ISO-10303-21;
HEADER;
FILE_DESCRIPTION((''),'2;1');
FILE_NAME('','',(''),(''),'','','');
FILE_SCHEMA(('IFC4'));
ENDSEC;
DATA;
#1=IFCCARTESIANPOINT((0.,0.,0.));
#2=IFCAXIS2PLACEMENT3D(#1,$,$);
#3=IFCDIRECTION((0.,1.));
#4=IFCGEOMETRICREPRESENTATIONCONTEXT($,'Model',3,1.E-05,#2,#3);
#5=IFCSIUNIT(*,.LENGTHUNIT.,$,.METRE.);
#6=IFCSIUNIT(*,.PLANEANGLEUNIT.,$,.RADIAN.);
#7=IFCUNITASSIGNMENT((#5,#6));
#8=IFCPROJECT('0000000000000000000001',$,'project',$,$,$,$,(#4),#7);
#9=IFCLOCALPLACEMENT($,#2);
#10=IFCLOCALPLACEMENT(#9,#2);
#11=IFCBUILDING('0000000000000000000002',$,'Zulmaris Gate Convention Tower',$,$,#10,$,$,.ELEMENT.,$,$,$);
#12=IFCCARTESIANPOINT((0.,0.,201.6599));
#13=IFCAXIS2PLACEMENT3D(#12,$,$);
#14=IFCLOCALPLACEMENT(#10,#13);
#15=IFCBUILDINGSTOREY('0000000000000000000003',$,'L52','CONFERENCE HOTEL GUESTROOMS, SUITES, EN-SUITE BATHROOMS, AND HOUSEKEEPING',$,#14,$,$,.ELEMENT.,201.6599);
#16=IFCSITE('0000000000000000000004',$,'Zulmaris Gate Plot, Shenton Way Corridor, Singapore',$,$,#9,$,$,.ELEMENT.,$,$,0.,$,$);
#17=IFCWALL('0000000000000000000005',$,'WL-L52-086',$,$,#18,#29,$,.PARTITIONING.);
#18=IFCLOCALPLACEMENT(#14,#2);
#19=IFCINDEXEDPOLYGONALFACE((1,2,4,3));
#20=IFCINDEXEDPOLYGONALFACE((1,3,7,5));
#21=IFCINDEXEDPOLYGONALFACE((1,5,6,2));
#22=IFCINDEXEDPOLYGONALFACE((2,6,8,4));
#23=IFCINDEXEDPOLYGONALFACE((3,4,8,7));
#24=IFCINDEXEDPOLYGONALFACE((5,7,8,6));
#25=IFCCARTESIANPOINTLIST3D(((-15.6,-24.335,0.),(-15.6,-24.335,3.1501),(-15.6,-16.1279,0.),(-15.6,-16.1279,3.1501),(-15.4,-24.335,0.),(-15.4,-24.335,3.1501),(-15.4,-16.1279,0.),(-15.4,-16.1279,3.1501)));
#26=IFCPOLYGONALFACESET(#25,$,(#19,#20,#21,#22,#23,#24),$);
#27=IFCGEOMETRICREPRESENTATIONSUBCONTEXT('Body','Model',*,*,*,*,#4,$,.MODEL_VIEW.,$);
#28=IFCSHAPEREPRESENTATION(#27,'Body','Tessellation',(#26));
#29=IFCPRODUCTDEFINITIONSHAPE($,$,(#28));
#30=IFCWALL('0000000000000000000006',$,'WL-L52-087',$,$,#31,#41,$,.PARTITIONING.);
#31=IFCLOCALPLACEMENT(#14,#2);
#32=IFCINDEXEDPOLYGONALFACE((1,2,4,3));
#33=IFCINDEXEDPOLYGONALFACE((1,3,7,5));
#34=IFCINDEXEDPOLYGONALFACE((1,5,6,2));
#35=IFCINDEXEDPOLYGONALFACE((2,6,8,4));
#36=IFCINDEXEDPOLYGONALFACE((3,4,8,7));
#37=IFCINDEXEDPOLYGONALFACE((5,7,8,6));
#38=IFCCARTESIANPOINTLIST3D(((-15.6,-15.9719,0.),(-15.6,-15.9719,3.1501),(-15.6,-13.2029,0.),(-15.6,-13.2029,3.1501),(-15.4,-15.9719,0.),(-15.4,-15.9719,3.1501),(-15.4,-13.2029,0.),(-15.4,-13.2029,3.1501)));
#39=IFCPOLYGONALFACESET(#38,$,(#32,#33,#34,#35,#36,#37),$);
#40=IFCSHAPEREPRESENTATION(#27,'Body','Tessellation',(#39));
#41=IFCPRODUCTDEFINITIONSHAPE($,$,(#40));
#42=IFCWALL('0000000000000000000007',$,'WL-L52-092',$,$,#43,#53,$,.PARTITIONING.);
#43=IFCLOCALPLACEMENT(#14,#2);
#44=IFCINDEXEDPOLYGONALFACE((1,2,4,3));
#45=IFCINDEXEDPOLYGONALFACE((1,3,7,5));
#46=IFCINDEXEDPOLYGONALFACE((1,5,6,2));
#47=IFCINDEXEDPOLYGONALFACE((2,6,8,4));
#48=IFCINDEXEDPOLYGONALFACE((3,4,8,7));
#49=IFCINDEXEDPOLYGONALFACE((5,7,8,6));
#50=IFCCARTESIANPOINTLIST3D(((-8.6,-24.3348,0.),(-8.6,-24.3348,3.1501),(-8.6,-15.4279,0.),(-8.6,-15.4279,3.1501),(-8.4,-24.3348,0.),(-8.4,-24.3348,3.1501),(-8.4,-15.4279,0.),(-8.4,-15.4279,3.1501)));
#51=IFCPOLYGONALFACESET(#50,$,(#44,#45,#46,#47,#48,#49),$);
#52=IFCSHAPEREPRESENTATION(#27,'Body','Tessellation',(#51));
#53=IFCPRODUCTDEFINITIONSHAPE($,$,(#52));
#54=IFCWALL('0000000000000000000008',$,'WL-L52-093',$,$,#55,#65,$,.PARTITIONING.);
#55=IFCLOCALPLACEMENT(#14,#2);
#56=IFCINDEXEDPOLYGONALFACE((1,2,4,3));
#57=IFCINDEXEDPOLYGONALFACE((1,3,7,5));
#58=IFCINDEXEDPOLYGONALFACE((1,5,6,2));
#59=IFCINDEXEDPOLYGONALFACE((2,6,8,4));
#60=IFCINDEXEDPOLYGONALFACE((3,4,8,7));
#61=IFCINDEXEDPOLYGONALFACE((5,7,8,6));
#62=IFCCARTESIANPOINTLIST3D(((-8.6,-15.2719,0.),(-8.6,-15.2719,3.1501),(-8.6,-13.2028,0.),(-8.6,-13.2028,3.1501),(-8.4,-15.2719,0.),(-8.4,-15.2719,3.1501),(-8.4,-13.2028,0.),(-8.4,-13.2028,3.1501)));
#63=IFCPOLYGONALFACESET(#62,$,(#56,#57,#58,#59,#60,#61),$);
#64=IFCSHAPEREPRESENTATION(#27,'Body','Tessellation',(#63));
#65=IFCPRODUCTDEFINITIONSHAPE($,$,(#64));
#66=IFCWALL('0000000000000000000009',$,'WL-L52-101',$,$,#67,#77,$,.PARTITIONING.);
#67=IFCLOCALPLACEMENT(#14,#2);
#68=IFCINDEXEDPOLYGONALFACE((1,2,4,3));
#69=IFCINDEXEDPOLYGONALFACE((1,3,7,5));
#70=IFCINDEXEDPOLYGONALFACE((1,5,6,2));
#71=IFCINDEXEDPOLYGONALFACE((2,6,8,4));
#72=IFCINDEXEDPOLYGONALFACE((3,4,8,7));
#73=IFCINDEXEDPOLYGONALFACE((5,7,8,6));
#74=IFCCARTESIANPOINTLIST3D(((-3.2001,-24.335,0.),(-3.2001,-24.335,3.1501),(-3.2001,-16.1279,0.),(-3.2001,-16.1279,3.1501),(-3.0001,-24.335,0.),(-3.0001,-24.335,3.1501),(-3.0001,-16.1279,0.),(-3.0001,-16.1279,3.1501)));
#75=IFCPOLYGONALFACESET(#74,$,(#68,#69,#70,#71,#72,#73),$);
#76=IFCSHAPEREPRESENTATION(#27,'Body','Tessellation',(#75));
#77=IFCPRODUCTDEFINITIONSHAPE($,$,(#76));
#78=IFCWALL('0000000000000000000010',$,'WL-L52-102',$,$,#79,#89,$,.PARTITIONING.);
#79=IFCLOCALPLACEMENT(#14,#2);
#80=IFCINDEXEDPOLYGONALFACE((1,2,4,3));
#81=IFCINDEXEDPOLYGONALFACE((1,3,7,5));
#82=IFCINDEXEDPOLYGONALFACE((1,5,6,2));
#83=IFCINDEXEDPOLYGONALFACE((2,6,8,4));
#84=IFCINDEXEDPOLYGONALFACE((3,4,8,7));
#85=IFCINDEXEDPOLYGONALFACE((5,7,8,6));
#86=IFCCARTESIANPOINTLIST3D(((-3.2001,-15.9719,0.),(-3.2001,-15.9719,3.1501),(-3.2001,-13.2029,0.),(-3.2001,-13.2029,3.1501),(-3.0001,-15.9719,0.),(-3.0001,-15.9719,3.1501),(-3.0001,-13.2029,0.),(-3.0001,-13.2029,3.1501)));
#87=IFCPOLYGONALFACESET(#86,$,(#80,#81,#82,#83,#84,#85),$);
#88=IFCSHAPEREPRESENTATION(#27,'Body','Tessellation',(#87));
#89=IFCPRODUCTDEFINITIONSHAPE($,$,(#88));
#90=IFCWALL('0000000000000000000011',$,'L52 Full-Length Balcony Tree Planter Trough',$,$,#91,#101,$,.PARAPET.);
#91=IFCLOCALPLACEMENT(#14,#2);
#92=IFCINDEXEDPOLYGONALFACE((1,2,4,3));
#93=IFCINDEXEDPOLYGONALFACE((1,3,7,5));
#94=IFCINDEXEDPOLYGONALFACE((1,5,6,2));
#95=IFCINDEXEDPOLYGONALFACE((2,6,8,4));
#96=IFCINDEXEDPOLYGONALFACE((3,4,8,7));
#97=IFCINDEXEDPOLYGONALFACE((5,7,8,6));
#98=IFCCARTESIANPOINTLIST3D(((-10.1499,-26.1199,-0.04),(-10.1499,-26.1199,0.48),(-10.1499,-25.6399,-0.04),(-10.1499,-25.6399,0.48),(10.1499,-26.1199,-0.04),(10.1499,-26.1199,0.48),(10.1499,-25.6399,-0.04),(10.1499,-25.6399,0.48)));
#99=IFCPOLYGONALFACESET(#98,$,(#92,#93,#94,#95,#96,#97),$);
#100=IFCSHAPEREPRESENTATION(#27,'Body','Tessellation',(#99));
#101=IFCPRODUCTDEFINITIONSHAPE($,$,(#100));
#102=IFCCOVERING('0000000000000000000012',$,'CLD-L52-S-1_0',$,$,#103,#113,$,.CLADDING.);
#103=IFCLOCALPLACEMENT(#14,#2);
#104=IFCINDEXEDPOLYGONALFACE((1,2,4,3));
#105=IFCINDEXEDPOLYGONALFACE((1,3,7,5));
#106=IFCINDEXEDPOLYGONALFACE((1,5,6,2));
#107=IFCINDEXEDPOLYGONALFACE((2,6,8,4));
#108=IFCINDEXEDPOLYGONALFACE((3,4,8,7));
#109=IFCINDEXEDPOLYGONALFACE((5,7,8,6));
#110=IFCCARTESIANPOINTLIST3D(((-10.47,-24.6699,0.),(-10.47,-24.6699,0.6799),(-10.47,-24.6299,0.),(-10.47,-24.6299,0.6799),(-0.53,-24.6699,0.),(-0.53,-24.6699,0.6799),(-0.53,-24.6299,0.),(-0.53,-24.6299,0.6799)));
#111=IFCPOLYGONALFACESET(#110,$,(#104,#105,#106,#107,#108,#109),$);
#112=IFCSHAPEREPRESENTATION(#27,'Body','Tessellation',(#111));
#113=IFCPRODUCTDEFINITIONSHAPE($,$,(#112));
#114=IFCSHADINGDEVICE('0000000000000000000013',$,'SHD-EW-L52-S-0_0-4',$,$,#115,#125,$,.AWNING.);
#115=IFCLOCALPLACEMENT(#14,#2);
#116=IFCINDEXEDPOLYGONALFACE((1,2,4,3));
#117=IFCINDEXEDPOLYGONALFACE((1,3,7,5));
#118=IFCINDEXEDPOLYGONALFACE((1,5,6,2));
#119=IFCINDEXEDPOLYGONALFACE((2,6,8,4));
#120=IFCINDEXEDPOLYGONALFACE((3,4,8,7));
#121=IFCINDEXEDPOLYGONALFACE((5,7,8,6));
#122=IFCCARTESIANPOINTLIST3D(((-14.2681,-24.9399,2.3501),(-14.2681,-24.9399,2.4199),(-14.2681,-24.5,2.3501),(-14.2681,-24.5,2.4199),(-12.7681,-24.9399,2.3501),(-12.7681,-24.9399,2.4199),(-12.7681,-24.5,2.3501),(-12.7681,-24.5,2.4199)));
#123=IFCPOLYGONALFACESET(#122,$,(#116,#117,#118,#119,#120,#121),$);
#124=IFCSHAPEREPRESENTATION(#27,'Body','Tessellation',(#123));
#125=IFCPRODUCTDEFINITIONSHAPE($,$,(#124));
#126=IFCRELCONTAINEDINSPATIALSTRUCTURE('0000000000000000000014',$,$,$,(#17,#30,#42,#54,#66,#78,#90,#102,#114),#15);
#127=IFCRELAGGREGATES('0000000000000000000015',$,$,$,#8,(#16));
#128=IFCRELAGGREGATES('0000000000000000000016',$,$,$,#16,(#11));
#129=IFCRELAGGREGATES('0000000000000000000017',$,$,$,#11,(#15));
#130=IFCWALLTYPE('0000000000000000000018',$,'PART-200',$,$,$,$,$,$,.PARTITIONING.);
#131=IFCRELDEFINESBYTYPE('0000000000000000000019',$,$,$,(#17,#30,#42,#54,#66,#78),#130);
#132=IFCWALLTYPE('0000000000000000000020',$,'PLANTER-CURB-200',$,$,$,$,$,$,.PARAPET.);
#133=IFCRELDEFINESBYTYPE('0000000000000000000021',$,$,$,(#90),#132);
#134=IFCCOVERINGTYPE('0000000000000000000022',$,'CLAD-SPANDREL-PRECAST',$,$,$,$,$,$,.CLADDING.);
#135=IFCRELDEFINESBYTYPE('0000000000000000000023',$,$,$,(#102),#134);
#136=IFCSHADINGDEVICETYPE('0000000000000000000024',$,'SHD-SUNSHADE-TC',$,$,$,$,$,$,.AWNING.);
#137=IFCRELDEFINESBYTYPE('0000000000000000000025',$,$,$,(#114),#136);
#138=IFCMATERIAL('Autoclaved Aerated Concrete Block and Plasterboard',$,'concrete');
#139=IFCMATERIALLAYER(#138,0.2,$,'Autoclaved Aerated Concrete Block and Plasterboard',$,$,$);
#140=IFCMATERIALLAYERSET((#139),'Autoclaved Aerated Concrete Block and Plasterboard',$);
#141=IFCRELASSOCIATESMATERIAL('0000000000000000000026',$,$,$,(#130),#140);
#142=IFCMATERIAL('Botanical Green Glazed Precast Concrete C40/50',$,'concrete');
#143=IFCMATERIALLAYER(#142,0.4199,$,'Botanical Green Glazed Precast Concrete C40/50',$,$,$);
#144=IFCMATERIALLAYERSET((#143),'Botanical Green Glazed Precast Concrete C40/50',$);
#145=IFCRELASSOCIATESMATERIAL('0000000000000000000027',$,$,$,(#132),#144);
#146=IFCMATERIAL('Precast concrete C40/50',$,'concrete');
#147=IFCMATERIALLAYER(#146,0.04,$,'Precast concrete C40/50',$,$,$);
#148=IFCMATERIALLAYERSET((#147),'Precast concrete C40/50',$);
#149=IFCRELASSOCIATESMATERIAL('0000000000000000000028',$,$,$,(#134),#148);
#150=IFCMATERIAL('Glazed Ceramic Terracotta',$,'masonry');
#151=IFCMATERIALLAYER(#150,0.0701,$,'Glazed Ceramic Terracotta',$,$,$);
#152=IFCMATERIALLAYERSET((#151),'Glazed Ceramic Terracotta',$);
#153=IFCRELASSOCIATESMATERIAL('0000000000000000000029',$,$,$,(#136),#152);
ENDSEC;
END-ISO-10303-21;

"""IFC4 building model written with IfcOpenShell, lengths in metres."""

from ifc_helpers import new_model, si_unit, direction, frame, frame_2d, origin, place, context, subcontext, project, spatial, rectangle, extrude, material, layer, layer_set, type_object, element, save


model = new_model("IFC4")

# Units and contexts
model_context = context("Model", 3, precision=1e-05, world=origin(), true_north=direction((0.0, 1.0)))
body_context = subcontext(model_context, "Body", "Model", "MODEL_VIEW")
ifc_project = project(units=[si_unit("LENGTHUNIT", "METRE"), si_unit("PLANEANGLEUNIT", "RADIAN")], contexts=[model_context])

# Site, building, storey
site_placement = place(None, origin())
site = spatial("IfcSite", under=ifc_project, at=site_placement, Name="Zulmaris Gate Plot, Shenton Way Corridor, Singapore", CompositionType="ELEMENT", RefElevation=0.0)
building_placement = place(site_placement, origin())
building = spatial("IfcBuilding", under=site, at=building_placement, Name="Zulmaris Gate Convention Tower", CompositionType="ELEMENT")
storey_placement = place(building_placement, frame((0.0, 0.0, 201.6599)))
storey = spatial("IfcBuildingStorey", under=building, at=storey_placement, Name="L52", Description="CONFERENCE HOTEL GUESTROOMS, SUITES, EN-SUITE BATHROOMS, AND HOUSEKEEPING", CompositionType="ELEMENT", Elevation=201.6599)

# Walls
ifc_material_1 = material(Name="Autoclaved Aerated Concrete Block and Plasterboard", Category="concrete")
ifc_layer_1 = layer(ifc_material_1, 0.2, Name="Autoclaved Aerated Concrete Block and Plasterboard")
ifc_layer_set_1 = layer_set([ifc_layer_1], Name="Autoclaved Aerated Concrete Block and Plasterboard")
wall_type_1 = type_object("IfcWallType", Name="PART-200", PredefinedType="PARTITIONING", material=ifc_layer_set_1)
wall_1_placement = place(storey_placement, frame((-15.5, -24.335, 0.0), z_axis=(0.0, 0.0, 1.0), x_axis=(0.0, 1.0, 0.0)))
element("IfcWall", 1, at=wall_1_placement, inside=storey, type_object=wall_type_1, Name="WL-L52-086", PredefinedType="PARTITIONING", context=body_context, shape_type="SweptSolid", body=[
    extrude(rectangle(XDim=8.207, YDim=0.2, at=frame_2d((4.1035, 0.0))), origin(), (0.0, 0.0, 1.0), 3.1501),
])
wall_2_placement = place(storey_placement, frame((-15.5, -15.9719, 0.0), z_axis=(0.0, 0.0, 1.0), x_axis=(0.0, 1.0, 0.0)))
element("IfcWall", 2, at=wall_2_placement, inside=storey, type_object=wall_type_1, Name="WL-L52-087", PredefinedType="PARTITIONING", context=body_context, shape_type="SweptSolid", body=[
    extrude(rectangle(XDim=2.769, YDim=0.2, at=frame_2d((1.3845, 0.0))), origin(), (0.0, 0.0, 1.0), 3.1501),
])
wall_3_placement = place(storey_placement, frame((-8.5, -24.335, 0.0), z_axis=(0.0, 0.0, 1.0), x_axis=(0.0, 1.0, 0.0)))
element("IfcWall", 3, at=wall_3_placement, inside=storey, type_object=wall_type_1, Name="WL-L52-092", PredefinedType="PARTITIONING", context=body_context, shape_type="SweptSolid", body=[
    extrude(rectangle(XDim=8.907, YDim=0.2, at=frame_2d((4.4536, 0.0))), origin(), (0.0, 0.0, 1.0), 3.1501),
])
wall_4_placement = place(storey_placement, frame((-8.5, -15.272, 0.0), z_axis=(0.0, 0.0, 1.0), x_axis=(0.0, 1.0, 0.0)))
element("IfcWall", 4, at=wall_4_placement, inside=storey, type_object=wall_type_1, Name="WL-L52-093", PredefinedType="PARTITIONING", context=body_context, shape_type="SweptSolid", body=[
    extrude(rectangle(XDim=2.0691, YDim=0.2, at=frame_2d((1.0347, 0.0))), origin(), (0.0, 0.0, 1.0), 3.1501),
])
wall_5_placement = place(storey_placement, frame((-3.1001, -24.335, 0.0), z_axis=(0.0, 0.0, 1.0), x_axis=(0.0, 1.0, 0.0)))
element("IfcWall", 5, at=wall_5_placement, inside=storey, type_object=wall_type_1, Name="WL-L52-101", PredefinedType="PARTITIONING", context=body_context, shape_type="SweptSolid", body=[
    extrude(rectangle(XDim=8.207, YDim=0.2, at=frame_2d((4.1035, 0.0))), origin(), (0.0, 0.0, 1.0), 3.1501),
])
wall_6_placement = place(storey_placement, frame((-3.1001, -15.9719, 0.0), z_axis=(0.0, 0.0, 1.0), x_axis=(0.0, 1.0, 0.0)))
element("IfcWall", 6, at=wall_6_placement, inside=storey, type_object=wall_type_1, Name="WL-L52-102", PredefinedType="PARTITIONING", context=body_context, shape_type="SweptSolid", body=[
    extrude(rectangle(XDim=2.769, YDim=0.2, at=frame_2d((1.3845, 0.0))), origin(), (0.0, 0.0, 1.0), 3.1501),
])
ifc_material_2 = material(Name="Botanical Green Glazed Precast Concrete C40/50", Category="concrete")
ifc_layer_2 = layer(ifc_material_2, 0.4199, Name="Botanical Green Glazed Precast Concrete C40/50")
ifc_layer_set_2 = layer_set([ifc_layer_2], Name="Botanical Green Glazed Precast Concrete C40/50")
wall_type_2 = type_object("IfcWallType", Name="PLANTER-CURB-200", PredefinedType="PARAPET", material=ifc_layer_set_2)
wall_7_placement = place(storey_placement, frame((-10.1499, -25.8799, -0.04), z_axis=(0.0, 0.0, 1.0), x_axis=(1.0, 0.0, 0.0)))
element("IfcWall", 7, at=wall_7_placement, inside=storey, type_object=wall_type_2, Name="L52 Full-Length Balcony Tree Planter Trough", PredefinedType="PARAPET", context=body_context, shape_type="SweptSolid", body=[
    extrude(rectangle(XDim=20.2998, YDim=0.48, at=frame_2d((10.1499, 0.0))), origin(), (0.0, 0.0, 1.0), 0.52),
])

# Shared definitions
ifc_material_3 = material(Name="Precast concrete C40/50", Category="concrete")

# Covering
ifc_layer_3 = layer(ifc_material_3, 0.04, Name="Precast concrete C40/50")
ifc_layer_set_3 = layer_set([ifc_layer_3], Name="Precast concrete C40/50")
covering_type = type_object("IfcCoveringType", Name="CLAD-SPANDREL-PRECAST", PredefinedType="CLADDING", material=ifc_layer_set_3)
covering_placement = place(storey_placement, frame((-10.47, -24.6499, 0.0), z_axis=(0.0, 0.0, 1.0), x_axis=(1.0, 0.0, 0.0)))
element("IfcCovering", 8, at=covering_placement, inside=storey, type_object=covering_type, Name="CLD-L52-S-1_0", PredefinedType="CLADDING", context=body_context, shape_type="SweptSolid", body=[
    extrude(rectangle(XDim=9.9399, YDim=0.04, at=frame_2d((4.97, 0.0))), origin(), (0.0, 0.0, 1.0), 0.6799),
])

# Shading device
ifc_material_4 = material(Name="Glazed Ceramic Terracotta", Category="masonry")
ifc_layer_4 = layer(ifc_material_4, 0.0701, Name="Glazed Ceramic Terracotta")
ifc_layer_set_4 = layer_set([ifc_layer_4], Name="Glazed Ceramic Terracotta")
shading_device_type = type_object("IfcShadingDeviceType", Name="SHD-SUNSHADE-TC", PredefinedType="AWNING", material=ifc_layer_set_4)
shading_device_placement = place(storey_placement, frame((-14.2681, -24.72, 2.3501), z_axis=(0.0, 0.0, 1.0), x_axis=(1.0, 0.0, 0.0)))
element("IfcShadingDevice", 9, at=shading_device_placement, inside=storey, type_object=shading_device_type, Name="SHD-EW-L52-S-0_0-4", PredefinedType="AWNING", context=body_context, shape_type="SweptSolid", body=[
    extrude(rectangle(XDim=1.5, YDim=0.4399, at=frame_2d((0.75, 0.0))), origin(), (0.0, 0.0, 1.0), 0.0698),
])

save(model, "model.ifc")
